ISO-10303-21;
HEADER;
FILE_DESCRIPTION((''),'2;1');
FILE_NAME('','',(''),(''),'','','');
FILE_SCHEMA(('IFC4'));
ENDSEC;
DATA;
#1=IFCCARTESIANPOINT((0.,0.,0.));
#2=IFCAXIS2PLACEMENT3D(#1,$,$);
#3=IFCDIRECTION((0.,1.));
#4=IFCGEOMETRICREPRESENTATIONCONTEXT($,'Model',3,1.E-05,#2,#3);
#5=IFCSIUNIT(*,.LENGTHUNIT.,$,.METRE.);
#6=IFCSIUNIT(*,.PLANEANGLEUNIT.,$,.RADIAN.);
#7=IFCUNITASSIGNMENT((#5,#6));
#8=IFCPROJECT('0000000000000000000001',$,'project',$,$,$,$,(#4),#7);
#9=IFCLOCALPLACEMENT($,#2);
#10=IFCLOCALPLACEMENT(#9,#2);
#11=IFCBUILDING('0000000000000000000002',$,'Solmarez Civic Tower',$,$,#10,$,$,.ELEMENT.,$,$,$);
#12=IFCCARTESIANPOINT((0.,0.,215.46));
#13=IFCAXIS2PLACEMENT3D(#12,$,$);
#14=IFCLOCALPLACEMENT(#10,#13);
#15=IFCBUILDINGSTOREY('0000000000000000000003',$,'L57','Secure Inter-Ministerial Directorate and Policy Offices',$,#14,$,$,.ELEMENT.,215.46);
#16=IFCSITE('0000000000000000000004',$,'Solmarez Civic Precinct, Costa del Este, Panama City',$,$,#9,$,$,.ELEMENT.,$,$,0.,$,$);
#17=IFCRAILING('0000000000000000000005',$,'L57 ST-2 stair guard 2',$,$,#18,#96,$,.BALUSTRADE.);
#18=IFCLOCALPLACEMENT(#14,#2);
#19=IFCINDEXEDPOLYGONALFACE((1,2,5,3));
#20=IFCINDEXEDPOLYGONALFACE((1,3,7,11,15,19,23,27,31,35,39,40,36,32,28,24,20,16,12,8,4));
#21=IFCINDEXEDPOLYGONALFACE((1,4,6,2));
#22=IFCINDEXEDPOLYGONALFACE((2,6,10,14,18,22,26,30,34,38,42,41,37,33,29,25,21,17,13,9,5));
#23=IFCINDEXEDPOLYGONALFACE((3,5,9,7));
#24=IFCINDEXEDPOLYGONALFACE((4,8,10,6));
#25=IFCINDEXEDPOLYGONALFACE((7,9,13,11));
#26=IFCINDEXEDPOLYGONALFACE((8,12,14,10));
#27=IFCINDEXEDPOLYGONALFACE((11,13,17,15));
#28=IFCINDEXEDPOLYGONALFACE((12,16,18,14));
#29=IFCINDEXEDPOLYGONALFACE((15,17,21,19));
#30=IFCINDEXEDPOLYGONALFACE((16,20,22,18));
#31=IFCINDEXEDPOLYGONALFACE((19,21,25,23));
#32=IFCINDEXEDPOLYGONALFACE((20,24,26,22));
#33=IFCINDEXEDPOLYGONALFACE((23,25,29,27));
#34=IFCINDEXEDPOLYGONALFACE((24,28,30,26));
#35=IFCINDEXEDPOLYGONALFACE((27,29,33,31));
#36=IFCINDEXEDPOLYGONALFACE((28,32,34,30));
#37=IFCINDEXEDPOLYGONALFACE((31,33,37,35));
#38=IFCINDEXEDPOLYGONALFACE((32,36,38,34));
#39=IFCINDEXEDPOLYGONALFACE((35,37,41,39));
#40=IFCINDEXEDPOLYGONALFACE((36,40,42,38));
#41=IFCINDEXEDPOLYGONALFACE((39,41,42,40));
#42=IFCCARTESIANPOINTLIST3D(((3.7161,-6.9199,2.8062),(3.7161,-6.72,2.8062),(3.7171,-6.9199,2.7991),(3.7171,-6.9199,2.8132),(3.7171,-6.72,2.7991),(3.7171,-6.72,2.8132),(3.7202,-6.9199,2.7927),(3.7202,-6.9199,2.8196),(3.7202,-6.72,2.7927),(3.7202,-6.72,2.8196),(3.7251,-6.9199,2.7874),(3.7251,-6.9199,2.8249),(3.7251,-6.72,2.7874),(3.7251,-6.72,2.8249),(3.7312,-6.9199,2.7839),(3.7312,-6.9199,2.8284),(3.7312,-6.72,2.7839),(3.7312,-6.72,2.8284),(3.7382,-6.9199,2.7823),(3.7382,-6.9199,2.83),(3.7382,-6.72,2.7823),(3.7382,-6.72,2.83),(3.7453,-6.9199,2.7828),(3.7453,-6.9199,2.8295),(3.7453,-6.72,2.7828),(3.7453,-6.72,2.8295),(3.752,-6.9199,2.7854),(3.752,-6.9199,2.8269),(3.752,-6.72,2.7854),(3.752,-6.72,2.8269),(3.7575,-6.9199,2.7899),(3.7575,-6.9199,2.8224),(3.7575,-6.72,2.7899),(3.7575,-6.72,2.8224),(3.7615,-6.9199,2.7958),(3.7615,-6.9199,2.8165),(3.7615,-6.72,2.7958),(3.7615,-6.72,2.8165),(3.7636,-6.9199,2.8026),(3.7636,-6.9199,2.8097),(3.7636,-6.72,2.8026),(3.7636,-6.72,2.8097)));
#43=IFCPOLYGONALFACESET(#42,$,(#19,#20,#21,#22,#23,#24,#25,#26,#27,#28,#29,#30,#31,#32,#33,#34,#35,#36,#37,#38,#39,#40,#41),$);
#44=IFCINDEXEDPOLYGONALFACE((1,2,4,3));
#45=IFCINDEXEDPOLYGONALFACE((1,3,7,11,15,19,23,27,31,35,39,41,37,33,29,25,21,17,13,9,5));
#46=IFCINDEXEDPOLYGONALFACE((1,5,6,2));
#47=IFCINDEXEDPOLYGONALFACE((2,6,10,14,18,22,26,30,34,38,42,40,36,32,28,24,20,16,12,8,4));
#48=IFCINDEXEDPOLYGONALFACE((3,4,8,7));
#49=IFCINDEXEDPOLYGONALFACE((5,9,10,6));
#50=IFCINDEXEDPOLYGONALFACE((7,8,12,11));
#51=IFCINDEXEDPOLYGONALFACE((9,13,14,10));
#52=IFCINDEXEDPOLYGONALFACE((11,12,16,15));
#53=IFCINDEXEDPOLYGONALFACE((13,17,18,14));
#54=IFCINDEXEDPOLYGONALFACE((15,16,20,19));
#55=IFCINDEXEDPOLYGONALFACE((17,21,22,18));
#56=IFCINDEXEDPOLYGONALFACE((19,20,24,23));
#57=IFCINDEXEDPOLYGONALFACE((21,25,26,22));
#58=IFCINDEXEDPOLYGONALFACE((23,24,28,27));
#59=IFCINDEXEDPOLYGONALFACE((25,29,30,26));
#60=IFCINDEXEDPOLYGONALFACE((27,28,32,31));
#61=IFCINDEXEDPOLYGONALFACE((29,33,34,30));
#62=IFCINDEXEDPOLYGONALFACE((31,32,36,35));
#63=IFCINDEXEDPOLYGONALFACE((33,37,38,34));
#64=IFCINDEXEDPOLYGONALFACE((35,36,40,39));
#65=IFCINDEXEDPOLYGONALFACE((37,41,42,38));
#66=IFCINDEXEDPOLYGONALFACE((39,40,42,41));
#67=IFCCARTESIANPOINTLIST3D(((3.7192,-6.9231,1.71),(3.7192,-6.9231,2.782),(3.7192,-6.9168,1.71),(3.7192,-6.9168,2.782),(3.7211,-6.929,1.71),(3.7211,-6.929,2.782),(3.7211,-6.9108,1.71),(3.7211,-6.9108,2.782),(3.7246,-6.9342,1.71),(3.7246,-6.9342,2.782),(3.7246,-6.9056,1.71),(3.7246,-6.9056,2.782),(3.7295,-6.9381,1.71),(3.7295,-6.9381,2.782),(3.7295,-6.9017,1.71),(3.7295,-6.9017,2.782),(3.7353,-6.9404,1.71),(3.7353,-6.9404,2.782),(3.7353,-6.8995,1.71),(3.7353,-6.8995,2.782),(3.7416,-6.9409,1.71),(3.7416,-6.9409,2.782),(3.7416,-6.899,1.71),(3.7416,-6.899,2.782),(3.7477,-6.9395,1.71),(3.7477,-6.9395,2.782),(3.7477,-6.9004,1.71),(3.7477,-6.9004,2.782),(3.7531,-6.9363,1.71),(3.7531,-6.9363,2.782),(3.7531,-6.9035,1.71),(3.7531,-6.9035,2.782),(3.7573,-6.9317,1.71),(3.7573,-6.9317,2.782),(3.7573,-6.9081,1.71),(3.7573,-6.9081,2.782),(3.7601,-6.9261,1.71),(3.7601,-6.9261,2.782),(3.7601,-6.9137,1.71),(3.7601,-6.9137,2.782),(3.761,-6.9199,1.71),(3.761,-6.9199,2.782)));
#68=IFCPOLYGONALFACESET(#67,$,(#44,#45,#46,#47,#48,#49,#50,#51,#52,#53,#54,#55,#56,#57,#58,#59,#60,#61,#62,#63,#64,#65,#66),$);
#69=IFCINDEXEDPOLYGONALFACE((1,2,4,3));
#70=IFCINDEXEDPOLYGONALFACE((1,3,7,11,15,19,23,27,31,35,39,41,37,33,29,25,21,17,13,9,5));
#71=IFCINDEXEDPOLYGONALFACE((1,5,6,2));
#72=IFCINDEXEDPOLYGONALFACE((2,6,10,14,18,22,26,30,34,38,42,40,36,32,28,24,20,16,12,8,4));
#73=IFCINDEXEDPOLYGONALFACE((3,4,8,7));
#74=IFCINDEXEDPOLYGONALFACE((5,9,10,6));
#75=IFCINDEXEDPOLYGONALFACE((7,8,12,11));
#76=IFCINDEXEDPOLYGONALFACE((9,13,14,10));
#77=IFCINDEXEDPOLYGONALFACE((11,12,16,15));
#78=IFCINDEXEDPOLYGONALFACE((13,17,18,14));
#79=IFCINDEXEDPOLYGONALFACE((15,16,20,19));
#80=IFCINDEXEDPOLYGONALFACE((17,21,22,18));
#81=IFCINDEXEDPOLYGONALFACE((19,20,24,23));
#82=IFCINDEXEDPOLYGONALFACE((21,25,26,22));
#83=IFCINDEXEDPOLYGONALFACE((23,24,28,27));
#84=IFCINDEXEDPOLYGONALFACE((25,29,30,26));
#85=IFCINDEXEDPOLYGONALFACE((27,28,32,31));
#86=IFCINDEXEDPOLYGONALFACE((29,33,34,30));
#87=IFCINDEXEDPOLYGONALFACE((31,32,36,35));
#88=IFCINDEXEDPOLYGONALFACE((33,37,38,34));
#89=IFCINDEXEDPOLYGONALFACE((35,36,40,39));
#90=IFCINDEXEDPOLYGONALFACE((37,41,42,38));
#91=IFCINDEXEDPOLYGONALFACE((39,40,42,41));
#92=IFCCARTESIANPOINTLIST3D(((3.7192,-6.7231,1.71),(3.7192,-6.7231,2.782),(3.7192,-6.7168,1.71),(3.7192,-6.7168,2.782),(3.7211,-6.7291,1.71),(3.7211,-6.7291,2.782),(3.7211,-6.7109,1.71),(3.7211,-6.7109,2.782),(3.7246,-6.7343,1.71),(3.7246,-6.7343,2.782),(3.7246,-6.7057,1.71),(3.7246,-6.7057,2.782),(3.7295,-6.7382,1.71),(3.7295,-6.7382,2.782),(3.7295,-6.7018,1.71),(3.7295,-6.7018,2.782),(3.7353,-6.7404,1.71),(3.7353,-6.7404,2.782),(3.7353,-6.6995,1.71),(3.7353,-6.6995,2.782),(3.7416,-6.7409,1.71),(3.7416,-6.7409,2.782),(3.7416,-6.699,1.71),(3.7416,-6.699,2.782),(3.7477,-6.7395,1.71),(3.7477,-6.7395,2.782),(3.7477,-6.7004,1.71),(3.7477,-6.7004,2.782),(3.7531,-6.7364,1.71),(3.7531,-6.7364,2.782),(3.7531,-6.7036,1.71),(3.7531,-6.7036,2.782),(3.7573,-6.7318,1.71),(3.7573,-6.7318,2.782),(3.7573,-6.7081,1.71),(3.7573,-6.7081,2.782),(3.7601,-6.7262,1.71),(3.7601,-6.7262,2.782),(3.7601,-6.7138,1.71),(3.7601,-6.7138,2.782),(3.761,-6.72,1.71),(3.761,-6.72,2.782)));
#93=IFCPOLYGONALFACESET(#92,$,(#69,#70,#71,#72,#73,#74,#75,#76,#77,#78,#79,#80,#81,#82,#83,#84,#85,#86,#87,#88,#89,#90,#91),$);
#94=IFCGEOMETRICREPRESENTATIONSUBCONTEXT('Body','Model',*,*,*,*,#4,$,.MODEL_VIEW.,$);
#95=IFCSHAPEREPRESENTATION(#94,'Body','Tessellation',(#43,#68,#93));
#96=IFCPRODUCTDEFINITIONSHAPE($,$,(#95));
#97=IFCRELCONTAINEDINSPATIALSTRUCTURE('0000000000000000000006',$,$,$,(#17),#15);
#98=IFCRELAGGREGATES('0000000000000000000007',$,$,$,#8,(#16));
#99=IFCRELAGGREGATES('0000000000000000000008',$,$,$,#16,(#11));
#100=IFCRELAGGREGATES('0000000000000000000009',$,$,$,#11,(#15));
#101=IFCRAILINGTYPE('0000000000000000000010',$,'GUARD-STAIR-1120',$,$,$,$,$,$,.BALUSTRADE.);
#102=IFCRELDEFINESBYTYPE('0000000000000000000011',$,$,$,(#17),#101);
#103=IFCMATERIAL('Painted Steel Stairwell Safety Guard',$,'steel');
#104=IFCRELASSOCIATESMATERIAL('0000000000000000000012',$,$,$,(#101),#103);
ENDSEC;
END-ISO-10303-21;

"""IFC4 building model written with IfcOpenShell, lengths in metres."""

from ifc_helpers import new_model, si_unit, direction, frame, origin, origin_2d, place, context, subcontext, project, spatial, circle, extrude, material, type_object, element, save


model = new_model("IFC4")

# Units and contexts
model_context = context("Model", 3, precision=1e-05, world=origin(), true_north=direction((0.0, 1.0)))
body_context = subcontext(model_context, "Body", "Model", "MODEL_VIEW")
ifc_project = project(units=[si_unit("LENGTHUNIT", "METRE"), si_unit("PLANEANGLEUNIT", "RADIAN")], contexts=[model_context])

# Site, building, storey
site_placement = place(None, origin())
site = spatial("IfcSite", under=ifc_project, at=site_placement, Name="Solmarez Civic Precinct, Costa del Este, Panama City", CompositionType="ELEMENT", RefElevation=0.0)
building_placement = place(site_placement, origin())
building = spatial("IfcBuilding", under=site, at=building_placement, Name="Solmarez Civic Tower", CompositionType="ELEMENT")
storey_placement = place(building_placement, frame((0.0, 0.0, 215.46)))
storey = spatial("IfcBuildingStorey", under=building, at=storey_placement, Name="L57", Description="Secure Inter-Ministerial Directorate and Policy Offices", CompositionType="ELEMENT", Elevation=215.46)

# Railing
ifc_material_1 = material(Name="Painted Steel Stairwell Safety Guard", Category="steel")
railing_type_1 = type_object("IfcRailingType", Name="GUARD-STAIR-1120", PredefinedType="BALUSTRADE", material=ifc_material_1)
railing_1_placement = place(storey_placement, frame((3.74, -6.9199, 1.71)))
element("IfcRailing", 1, at=railing_1_placement, inside=storey, type_object=railing_type_1, Name="L57 ST-2 stair guard 2", PredefinedType="BALUSTRADE", context=body_context, shape_type="SweptSolid", body=[
    extrude(circle(Radius=0.0239, at=origin_2d()), frame((0.0, 0.0, 1.0962), z_axis=(0.0, 1.0, 0.0), x_axis=(-1.0, 0.0, 0.0)), (0.0, 0.0, 1.0), 0.2),
    extrude(circle(Radius=0.021, at=origin_2d()), origin(), (0.0, 0.0, 1.0), 1.072),
    extrude(circle(Radius=0.021, at=origin_2d()), frame((0.0, 0.2, 0.0)), (0.0, 0.0, 1.0), 1.072),
])

save(model, "model.ifc")
